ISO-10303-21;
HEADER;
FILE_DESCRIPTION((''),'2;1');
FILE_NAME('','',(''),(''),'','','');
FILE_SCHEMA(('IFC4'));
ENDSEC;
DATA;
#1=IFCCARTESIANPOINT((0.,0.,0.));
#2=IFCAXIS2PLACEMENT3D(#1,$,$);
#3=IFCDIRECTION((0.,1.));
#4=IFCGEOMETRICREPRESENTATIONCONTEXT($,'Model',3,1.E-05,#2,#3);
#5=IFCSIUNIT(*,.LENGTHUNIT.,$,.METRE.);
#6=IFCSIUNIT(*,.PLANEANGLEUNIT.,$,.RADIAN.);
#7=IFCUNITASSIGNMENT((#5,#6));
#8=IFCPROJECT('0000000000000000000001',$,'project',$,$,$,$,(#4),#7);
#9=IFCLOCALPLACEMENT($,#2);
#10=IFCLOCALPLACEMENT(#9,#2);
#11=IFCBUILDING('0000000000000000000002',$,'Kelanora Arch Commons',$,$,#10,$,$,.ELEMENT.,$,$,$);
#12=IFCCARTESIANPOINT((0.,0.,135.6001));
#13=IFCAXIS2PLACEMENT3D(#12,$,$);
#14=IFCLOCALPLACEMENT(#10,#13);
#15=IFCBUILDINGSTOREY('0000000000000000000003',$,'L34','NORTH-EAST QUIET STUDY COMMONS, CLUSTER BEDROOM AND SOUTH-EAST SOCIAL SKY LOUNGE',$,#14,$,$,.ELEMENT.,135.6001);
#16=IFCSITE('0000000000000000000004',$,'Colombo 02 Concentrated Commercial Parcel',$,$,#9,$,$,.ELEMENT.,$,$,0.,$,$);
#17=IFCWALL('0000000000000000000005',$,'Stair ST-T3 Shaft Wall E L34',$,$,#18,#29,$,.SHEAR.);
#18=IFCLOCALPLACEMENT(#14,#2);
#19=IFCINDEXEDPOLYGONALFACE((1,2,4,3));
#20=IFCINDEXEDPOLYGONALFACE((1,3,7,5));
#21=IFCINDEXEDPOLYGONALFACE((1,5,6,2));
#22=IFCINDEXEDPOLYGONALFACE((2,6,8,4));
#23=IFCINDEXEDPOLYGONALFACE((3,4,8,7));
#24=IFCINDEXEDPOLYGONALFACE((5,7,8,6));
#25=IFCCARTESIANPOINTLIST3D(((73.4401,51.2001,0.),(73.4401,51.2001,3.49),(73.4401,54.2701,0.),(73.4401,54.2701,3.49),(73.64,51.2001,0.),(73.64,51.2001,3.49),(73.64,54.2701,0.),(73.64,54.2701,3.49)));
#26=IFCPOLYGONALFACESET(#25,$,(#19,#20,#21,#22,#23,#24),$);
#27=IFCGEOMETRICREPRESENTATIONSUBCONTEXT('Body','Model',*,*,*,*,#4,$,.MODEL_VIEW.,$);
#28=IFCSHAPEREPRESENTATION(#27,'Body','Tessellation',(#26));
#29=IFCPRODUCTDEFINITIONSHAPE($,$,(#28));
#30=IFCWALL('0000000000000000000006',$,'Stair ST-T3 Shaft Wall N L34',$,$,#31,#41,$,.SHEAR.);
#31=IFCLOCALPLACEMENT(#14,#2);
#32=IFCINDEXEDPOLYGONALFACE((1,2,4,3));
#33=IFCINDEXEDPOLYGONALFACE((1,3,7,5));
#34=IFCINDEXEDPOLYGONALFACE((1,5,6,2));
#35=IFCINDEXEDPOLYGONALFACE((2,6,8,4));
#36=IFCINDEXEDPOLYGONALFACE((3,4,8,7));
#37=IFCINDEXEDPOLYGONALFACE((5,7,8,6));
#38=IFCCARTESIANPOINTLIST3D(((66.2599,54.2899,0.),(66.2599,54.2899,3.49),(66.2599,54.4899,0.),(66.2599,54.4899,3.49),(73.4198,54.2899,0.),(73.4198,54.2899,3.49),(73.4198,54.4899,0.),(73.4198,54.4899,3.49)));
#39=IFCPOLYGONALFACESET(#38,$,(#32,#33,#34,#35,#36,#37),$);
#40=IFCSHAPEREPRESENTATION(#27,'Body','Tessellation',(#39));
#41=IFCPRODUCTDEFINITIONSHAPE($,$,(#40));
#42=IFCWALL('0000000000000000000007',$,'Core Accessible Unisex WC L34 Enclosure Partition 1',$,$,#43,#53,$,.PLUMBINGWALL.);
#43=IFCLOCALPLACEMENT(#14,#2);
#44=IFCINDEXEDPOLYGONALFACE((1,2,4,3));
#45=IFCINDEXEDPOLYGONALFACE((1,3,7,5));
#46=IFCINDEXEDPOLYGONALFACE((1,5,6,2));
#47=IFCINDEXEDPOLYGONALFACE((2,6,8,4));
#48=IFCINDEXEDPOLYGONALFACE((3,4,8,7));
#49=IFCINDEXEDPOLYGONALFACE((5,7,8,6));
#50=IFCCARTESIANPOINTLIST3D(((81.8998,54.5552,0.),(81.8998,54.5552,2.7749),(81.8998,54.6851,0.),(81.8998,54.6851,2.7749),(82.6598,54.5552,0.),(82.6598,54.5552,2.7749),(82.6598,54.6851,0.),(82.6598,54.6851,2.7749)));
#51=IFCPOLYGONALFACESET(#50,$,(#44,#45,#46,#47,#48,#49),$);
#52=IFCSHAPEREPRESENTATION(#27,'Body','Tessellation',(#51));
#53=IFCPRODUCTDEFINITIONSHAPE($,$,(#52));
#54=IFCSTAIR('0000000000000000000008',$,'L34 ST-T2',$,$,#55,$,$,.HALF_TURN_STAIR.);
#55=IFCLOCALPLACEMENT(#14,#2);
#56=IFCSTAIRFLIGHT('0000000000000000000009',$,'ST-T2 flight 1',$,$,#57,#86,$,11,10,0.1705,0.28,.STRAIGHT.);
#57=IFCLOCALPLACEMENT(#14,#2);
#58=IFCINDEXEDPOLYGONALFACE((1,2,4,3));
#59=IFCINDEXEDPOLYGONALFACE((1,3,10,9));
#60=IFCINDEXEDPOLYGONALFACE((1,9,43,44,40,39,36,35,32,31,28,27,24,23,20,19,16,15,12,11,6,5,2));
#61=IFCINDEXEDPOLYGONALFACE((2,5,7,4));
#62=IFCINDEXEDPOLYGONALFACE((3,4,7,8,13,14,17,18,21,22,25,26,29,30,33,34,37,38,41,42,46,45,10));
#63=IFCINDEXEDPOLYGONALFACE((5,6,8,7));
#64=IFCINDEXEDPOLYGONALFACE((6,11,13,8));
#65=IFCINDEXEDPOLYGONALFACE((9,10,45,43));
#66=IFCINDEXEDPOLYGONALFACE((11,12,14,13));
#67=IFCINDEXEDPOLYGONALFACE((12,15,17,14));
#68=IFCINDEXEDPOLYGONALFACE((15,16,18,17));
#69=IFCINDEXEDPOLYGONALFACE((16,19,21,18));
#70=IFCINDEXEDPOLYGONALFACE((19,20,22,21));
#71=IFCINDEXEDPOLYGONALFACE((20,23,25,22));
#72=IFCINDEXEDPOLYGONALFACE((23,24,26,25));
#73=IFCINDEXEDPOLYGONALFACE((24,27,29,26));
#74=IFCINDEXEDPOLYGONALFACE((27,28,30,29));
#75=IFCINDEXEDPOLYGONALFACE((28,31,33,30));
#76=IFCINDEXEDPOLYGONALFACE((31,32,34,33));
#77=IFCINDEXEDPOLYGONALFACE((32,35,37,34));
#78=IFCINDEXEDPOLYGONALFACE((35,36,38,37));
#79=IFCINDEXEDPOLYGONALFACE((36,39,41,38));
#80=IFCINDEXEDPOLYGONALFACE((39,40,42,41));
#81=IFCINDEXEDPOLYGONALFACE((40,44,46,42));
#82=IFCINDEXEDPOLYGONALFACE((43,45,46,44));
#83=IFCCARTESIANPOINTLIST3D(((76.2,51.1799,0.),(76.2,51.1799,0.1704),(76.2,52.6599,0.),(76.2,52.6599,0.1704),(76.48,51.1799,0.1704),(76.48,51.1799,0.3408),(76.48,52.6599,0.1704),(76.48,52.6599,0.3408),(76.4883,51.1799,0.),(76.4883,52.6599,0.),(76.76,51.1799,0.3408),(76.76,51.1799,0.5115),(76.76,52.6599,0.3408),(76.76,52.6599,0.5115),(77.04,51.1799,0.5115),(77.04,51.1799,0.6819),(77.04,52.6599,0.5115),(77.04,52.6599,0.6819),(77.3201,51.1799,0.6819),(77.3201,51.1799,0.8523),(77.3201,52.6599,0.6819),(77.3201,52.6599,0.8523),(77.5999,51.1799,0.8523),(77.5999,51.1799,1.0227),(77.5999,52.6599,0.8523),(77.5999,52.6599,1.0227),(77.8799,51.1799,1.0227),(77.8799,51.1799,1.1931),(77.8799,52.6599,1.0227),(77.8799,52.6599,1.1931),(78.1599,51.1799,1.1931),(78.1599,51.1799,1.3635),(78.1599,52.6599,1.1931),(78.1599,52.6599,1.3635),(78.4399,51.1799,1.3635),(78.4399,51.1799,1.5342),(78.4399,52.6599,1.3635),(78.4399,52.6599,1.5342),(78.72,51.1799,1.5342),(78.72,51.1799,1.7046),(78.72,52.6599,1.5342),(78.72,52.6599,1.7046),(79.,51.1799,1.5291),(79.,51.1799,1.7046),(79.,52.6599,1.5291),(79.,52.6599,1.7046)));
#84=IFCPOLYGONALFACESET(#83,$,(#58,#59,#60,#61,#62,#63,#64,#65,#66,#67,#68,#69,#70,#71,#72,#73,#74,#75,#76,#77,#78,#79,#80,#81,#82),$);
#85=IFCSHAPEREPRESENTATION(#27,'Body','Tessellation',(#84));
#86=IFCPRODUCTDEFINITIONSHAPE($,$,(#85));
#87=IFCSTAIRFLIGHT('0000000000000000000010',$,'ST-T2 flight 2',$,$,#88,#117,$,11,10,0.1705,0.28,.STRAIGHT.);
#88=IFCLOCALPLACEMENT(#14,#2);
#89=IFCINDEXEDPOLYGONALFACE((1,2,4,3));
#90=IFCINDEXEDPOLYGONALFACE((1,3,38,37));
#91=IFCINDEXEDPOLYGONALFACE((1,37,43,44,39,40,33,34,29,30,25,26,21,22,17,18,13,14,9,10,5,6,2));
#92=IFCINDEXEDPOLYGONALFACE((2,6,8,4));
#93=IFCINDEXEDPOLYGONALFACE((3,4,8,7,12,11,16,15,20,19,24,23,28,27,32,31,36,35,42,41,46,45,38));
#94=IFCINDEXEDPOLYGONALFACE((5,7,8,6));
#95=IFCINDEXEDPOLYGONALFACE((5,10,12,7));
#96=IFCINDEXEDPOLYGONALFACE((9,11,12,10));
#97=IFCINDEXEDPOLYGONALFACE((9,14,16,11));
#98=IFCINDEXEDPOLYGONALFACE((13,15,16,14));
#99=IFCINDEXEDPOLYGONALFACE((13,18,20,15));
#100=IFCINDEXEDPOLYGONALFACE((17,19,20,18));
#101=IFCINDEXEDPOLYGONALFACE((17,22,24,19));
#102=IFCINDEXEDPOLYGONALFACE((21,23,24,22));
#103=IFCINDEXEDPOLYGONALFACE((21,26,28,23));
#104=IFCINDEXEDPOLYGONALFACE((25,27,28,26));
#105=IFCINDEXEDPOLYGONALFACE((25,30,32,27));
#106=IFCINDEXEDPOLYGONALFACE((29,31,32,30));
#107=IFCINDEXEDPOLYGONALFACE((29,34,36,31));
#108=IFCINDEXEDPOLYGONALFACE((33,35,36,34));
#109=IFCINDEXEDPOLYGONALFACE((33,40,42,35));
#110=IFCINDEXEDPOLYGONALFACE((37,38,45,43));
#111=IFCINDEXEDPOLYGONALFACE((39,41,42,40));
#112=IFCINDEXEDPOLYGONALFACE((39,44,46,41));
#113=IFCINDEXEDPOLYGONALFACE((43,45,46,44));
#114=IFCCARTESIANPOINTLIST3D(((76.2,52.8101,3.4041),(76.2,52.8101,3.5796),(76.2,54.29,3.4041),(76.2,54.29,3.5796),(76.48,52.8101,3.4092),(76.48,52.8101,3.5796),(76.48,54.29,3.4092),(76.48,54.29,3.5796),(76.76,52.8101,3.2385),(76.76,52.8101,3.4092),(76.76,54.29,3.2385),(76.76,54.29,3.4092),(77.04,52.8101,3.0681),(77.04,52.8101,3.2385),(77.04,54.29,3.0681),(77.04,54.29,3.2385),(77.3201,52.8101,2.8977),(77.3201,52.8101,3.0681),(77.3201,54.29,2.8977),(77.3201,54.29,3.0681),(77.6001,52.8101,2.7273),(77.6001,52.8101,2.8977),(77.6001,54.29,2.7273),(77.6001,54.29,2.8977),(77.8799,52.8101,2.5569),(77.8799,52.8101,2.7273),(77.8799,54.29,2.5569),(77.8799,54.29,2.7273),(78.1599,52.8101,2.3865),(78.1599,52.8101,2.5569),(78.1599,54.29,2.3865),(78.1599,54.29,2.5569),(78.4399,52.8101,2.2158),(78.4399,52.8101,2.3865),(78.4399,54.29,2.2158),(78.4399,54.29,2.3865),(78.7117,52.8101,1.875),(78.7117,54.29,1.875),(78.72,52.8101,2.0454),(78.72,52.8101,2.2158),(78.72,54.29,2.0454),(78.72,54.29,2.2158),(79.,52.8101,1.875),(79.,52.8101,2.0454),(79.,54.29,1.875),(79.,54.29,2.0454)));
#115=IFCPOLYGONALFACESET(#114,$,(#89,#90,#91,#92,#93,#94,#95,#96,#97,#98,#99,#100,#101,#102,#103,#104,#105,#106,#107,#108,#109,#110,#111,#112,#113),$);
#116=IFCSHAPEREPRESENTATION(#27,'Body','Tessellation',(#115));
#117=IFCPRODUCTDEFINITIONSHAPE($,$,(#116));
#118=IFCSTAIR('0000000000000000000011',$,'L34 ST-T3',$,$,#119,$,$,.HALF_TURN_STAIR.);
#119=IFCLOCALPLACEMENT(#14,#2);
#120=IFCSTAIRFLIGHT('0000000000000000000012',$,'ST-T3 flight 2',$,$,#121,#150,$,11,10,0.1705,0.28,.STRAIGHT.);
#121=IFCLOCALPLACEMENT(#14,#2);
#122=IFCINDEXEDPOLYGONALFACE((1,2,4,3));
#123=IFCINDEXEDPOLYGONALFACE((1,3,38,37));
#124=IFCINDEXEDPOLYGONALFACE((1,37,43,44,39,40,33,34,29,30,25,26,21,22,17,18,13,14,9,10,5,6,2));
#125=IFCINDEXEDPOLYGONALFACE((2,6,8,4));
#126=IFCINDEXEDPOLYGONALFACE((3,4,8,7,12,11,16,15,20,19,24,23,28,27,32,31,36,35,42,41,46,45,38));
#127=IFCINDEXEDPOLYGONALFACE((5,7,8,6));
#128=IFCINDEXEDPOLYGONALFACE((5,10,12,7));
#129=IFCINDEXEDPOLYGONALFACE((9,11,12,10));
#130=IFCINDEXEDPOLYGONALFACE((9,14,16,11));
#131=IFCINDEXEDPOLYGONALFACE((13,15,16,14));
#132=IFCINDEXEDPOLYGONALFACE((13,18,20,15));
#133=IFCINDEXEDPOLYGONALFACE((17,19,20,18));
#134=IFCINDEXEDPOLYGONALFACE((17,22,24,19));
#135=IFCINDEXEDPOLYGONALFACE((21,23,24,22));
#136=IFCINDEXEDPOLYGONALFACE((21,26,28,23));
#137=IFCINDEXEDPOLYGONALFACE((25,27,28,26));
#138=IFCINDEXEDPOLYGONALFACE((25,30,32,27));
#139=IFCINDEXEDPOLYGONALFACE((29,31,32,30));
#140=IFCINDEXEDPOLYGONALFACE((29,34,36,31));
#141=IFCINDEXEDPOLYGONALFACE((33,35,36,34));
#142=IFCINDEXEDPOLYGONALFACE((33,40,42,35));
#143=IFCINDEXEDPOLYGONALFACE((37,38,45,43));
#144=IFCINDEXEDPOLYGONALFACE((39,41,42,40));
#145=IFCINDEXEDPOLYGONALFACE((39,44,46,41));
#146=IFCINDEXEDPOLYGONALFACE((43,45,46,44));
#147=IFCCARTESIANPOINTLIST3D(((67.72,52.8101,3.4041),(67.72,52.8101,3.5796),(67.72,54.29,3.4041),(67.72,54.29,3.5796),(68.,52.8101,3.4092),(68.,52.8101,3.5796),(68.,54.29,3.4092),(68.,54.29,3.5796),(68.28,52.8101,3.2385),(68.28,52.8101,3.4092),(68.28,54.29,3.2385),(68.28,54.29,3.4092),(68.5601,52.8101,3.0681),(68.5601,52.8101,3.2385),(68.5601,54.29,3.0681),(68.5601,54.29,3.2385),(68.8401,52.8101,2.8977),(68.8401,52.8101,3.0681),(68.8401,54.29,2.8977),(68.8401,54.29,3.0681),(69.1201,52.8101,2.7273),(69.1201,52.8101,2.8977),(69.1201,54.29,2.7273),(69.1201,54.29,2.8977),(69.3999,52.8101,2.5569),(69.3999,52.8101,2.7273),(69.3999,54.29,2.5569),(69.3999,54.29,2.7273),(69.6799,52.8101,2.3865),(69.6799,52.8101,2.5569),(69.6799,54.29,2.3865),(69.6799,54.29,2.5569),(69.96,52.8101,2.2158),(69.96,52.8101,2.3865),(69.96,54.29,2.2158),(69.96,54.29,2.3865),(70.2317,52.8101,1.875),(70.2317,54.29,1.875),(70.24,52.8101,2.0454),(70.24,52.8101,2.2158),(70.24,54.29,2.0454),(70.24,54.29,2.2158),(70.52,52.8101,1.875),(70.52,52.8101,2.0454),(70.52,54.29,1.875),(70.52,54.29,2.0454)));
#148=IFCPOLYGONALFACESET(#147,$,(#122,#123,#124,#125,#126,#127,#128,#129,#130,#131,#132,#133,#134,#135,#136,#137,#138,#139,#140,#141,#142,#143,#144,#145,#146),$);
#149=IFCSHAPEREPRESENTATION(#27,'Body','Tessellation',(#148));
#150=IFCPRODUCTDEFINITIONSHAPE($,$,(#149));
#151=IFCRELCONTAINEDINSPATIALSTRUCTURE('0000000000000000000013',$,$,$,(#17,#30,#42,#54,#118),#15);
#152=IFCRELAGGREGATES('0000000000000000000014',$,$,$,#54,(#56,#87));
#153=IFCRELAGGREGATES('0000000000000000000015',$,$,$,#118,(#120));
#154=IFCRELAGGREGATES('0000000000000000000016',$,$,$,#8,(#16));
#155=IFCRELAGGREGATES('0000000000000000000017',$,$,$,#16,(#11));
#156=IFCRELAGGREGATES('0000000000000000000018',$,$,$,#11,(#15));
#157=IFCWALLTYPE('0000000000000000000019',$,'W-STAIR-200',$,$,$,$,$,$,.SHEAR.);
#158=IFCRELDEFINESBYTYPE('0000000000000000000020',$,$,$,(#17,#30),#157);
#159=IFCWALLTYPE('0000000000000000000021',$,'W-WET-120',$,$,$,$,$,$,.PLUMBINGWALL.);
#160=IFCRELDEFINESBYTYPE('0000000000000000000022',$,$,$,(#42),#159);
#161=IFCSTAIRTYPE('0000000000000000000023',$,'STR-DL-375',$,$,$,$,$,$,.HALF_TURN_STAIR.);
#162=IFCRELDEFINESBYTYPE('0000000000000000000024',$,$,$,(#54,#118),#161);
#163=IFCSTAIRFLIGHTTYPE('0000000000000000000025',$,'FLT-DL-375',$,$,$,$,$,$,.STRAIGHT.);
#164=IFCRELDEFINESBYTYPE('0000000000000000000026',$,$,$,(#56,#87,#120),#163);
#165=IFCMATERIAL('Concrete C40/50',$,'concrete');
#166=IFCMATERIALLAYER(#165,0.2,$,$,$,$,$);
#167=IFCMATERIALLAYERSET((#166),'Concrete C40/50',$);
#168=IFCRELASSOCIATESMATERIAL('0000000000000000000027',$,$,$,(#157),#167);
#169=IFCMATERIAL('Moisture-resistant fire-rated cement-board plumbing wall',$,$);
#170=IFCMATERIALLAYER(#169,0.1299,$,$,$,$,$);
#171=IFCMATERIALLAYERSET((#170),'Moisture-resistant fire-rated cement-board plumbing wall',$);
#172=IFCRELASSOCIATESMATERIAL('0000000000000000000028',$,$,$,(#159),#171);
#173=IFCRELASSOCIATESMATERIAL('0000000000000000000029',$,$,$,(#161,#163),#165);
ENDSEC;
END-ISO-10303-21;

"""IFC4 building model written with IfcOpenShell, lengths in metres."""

from ifc_helpers import new_model, si_unit, direction, frame, frame_2d, origin, place, context, subcontext, project, spatial, polyline, rectangle, outline, extrude, material, layer, layer_set, type_object, element, aggregate, save


model = new_model("IFC4")

# Units and contexts
model_context = context("Model", 3, precision=1e-05, world=origin(), true_north=direction((0.0, 1.0)))
body_context = subcontext(model_context, "Body", "Model", "MODEL_VIEW")
ifc_project = project(units=[si_unit("LENGTHUNIT", "METRE"), si_unit("PLANEANGLEUNIT", "RADIAN")], contexts=[model_context])

# Site, building, storey
site_placement = place(None, origin())
site = spatial("IfcSite", under=ifc_project, at=site_placement, Name="Colombo 02 Concentrated Commercial Parcel", CompositionType="ELEMENT", RefElevation=0.0)
building_placement = place(site_placement, origin())
building = spatial("IfcBuilding", under=site, at=building_placement, Name="Kelanora Arch Commons", CompositionType="ELEMENT")
storey_placement = place(building_placement, frame((0.0, 0.0, 135.6001)))
storey = spatial("IfcBuildingStorey", under=building, at=storey_placement, Name="L34", Description="NORTH-EAST QUIET STUDY COMMONS, CLUSTER BEDROOM AND SOUTH-EAST SOCIAL SKY LOUNGE", CompositionType="ELEMENT", Elevation=135.6001)

# Shared definitions
ifc_material_1 = material(Name="Concrete C40/50", Category="concrete")
ifc_layer_1 = layer(ifc_material_1, 0.2)
ifc_layer_set_1 = layer_set([ifc_layer_1], Name="Concrete C40/50")
wall_type_1 = type_object("IfcWallType", Name="W-STAIR-200", PredefinedType="SHEAR", material=ifc_layer_set_1)

# Walls
for number, where, z_axis, x_axis, name in (
    (1, (73.54, 51.2, 0.0), (0.0, 0.0, 1.0), (0.0, 1.0, 0.0), "Stair ST-T3 Shaft Wall E L34"),
):
    element("IfcWall", number, at=place(storey_placement, frame(where, z_axis=z_axis, x_axis=x_axis)), inside=storey, type_object=wall_type_1, Name=name, PredefinedType="SHEAR", context=body_context, shape_type="SweptSolid", body=[
        extrude(rectangle(XDim=3.0701, YDim=0.2, at=frame_2d((1.5352, 0.0))), origin(), (0.0, 0.0, 1.0), 3.49),
    ])
wall_1_placement = place(storey_placement, frame((73.4199, 54.3899, 0.0), z_axis=(0.0, 0.0, 1.0), x_axis=(-1.0, 0.0, 0.0)))
element("IfcWall", 2, at=wall_1_placement, inside=storey, type_object=wall_type_1, Name="Stair ST-T3 Shaft Wall N L34", PredefinedType="SHEAR", context=body_context, shape_type="SweptSolid", body=[
    extrude(rectangle(XDim=7.1599, YDim=0.2, at=frame_2d((3.5801, 0.0))), origin(), (0.0, 0.0, 1.0), 3.49),
])
ifc_material_2 = material(Name="Moisture-resistant fire-rated cement-board plumbing wall")
ifc_layer_2 = layer(ifc_material_2, 0.1299)
ifc_layer_set_2 = layer_set([ifc_layer_2], Name="Moisture-resistant fire-rated cement-board plumbing wall")
wall_type_2 = type_object("IfcWallType", Name="W-WET-120", PredefinedType="PLUMBINGWALL", material=ifc_layer_set_2)
wall_2_placement = place(storey_placement, frame((81.8999, 54.6201, 0.0), z_axis=(0.0, 0.0, 1.0), x_axis=(1.0, 0.0, 0.0)))
element("IfcWall", 3, at=wall_2_placement, inside=storey, type_object=wall_type_2, Name="Core Accessible Unisex WC L34 Enclosure Partition 1", PredefinedType="PLUMBINGWALL", context=body_context, shape_type="SweptSolid", body=[
    extrude(rectangle(XDim=0.76, YDim=0.1299, at=frame_2d((0.3799, 0.0))), origin(), (0.0, 0.0, 1.0), 2.7749),
])

# Stair, stair flights
stair_type = type_object("IfcStairType", Name="STR-DL-375", PredefinedType="HALF_TURN_STAIR", material=ifc_material_1)
stair_1_placement = place(storey_placement, origin())
stair_1 = element("IfcStair", 4, at=stair_1_placement, inside=storey, type_object=stair_type, Name="L34 ST-T2", PredefinedType="HALF_TURN_STAIR")
stair_flight_type = type_object("IfcStairFlightType", Name="FLT-DL-375", PredefinedType="STRAIGHT", material=ifc_material_1)
stair_flight_1_placement = place(storey_placement, frame((76.2, 51.9199, 0.0), z_axis=(0.0, 0.0, 1.0), x_axis=(1.0, 0.0, 0.0)))
stair_flight_1 = element("IfcStairFlight", 5, at=stair_flight_1_placement, type_object=stair_flight_type, Name="ST-T2 flight 1", NumberOfRisers=11, NumberOfTreads=10, PredefinedType="STRAIGHT", RiserHeight=0.1705, TreadLength=0.28, context=body_context, shape_type="SweptSolid", body=[
    extrude(outline(polyline([(0.0, 0.0), (0.0, 0.1704), (0.28, 0.1704), (0.28, 0.3408), (0.5601, 0.3408), (0.5601, 0.5115), (0.8401, 0.5115), (0.8401, 0.6819), (1.1201, 0.6819), (1.1201, 0.8523), (1.3999, 0.8523), (1.3999, 1.0227), (1.6799, 1.0227), (1.6799, 1.1931), (1.96, 1.1931), (1.96, 1.3635), (2.24, 1.3635), (2.24, 1.5342), (2.52, 1.5342), (2.52, 1.7046), (2.8, 1.7046), (2.8, 1.875), (2.8, 1.5291), (0.2883, 0.0), (0.0, 0.0)])), frame((0.0, 0.74, 0.0), z_axis=(0.0, -1.0, 0.0), x_axis=(1.0, 0.0, 0.0)), (0.0, 0.0, 1.0), 1.48),
])
stair_flight_2_placement = place(storey_placement, frame((79.0, 53.55, 1.875), z_axis=(0.0, 0.0, 1.0), x_axis=(-1.0, 0.0, 0.0)))
stair_flight_2 = element("IfcStairFlight", 6, at=stair_flight_2_placement, type_object=stair_flight_type, Name="ST-T2 flight 2", NumberOfRisers=11, NumberOfTreads=10, PredefinedType="STRAIGHT", RiserHeight=0.1705, TreadLength=0.28, context=body_context, shape_type="SweptSolid", body=[
    extrude(outline(polyline([(0.0, 0.0), (0.0, 0.1704), (0.28, 0.1704), (0.28, 0.3408), (0.5601, 0.3408), (0.5601, 0.5115), (0.8401, 0.5115), (0.8401, 0.6819), (1.1201, 0.6819), (1.1201, 0.8523), (1.3999, 0.8523), (1.3999, 1.0227), (1.6799, 1.0227), (1.6799, 1.1931), (1.96, 1.1931), (1.96, 1.3635), (2.24, 1.3635), (2.24, 1.5342), (2.52, 1.5342), (2.52, 1.7046), (2.8, 1.7046), (2.8, 1.875), (2.8, 1.5291), (0.2883, 0.0), (0.0, 0.0)])), frame((0.0, 0.74, 0.0), z_axis=(0.0, -1.0, 0.0), x_axis=(1.0, 0.0, 0.0)), (0.0, 0.0, 1.0), 1.48),
])
aggregate(stair_1, [stair_flight_1, stair_flight_2])

# Stair, stair flight
stair_2_placement = place(storey_placement, origin())
stair_2 = element("IfcStair", 7, at=stair_2_placement, inside=storey, type_object=stair_type, Name="L34 ST-T3", PredefinedType="HALF_TURN_STAIR")
stair_flight_3_placement = place(storey_placement, frame((70.52, 53.55, 1.875), z_axis=(0.0, 0.0, 1.0), x_axis=(-1.0, 0.0, 0.0)))
stair_flight_3 = element("IfcStairFlight", 8, at=stair_flight_3_placement, type_object=stair_flight_type, Name="ST-T3 flight 2", NumberOfRisers=11, NumberOfTreads=10, PredefinedType="STRAIGHT", RiserHeight=0.1705, TreadLength=0.28, context=body_context, shape_type="SweptSolid", body=[
    extrude(outline(polyline([(0.0, 0.0), (0.0, 0.1704), (0.28, 0.1704), (0.28, 0.3408), (0.5601, 0.3408), (0.5601, 0.5115), (0.8401, 0.5115), (0.8401, 0.6819), (1.1201, 0.6819), (1.1201, 0.8523), (1.3999, 0.8523), (1.3999, 1.0227), (1.6799, 1.0227), (1.6799, 1.1931), (1.96, 1.1931), (1.96, 1.3635), (2.24, 1.3635), (2.24, 1.5342), (2.52, 1.5342), (2.52, 1.7046), (2.8, 1.7046), (2.8, 1.875), (2.8, 1.5291), (0.2883, 0.0), (0.0, 0.0)])), frame((0.0, 0.74, 0.0), z_axis=(0.0, -1.0, 0.0), x_axis=(1.0, 0.0, 0.0)), (0.0, 0.0, 1.0), 1.48),
])
aggregate(stair_2, [stair_flight_3])

save(model, "model.ifc")
